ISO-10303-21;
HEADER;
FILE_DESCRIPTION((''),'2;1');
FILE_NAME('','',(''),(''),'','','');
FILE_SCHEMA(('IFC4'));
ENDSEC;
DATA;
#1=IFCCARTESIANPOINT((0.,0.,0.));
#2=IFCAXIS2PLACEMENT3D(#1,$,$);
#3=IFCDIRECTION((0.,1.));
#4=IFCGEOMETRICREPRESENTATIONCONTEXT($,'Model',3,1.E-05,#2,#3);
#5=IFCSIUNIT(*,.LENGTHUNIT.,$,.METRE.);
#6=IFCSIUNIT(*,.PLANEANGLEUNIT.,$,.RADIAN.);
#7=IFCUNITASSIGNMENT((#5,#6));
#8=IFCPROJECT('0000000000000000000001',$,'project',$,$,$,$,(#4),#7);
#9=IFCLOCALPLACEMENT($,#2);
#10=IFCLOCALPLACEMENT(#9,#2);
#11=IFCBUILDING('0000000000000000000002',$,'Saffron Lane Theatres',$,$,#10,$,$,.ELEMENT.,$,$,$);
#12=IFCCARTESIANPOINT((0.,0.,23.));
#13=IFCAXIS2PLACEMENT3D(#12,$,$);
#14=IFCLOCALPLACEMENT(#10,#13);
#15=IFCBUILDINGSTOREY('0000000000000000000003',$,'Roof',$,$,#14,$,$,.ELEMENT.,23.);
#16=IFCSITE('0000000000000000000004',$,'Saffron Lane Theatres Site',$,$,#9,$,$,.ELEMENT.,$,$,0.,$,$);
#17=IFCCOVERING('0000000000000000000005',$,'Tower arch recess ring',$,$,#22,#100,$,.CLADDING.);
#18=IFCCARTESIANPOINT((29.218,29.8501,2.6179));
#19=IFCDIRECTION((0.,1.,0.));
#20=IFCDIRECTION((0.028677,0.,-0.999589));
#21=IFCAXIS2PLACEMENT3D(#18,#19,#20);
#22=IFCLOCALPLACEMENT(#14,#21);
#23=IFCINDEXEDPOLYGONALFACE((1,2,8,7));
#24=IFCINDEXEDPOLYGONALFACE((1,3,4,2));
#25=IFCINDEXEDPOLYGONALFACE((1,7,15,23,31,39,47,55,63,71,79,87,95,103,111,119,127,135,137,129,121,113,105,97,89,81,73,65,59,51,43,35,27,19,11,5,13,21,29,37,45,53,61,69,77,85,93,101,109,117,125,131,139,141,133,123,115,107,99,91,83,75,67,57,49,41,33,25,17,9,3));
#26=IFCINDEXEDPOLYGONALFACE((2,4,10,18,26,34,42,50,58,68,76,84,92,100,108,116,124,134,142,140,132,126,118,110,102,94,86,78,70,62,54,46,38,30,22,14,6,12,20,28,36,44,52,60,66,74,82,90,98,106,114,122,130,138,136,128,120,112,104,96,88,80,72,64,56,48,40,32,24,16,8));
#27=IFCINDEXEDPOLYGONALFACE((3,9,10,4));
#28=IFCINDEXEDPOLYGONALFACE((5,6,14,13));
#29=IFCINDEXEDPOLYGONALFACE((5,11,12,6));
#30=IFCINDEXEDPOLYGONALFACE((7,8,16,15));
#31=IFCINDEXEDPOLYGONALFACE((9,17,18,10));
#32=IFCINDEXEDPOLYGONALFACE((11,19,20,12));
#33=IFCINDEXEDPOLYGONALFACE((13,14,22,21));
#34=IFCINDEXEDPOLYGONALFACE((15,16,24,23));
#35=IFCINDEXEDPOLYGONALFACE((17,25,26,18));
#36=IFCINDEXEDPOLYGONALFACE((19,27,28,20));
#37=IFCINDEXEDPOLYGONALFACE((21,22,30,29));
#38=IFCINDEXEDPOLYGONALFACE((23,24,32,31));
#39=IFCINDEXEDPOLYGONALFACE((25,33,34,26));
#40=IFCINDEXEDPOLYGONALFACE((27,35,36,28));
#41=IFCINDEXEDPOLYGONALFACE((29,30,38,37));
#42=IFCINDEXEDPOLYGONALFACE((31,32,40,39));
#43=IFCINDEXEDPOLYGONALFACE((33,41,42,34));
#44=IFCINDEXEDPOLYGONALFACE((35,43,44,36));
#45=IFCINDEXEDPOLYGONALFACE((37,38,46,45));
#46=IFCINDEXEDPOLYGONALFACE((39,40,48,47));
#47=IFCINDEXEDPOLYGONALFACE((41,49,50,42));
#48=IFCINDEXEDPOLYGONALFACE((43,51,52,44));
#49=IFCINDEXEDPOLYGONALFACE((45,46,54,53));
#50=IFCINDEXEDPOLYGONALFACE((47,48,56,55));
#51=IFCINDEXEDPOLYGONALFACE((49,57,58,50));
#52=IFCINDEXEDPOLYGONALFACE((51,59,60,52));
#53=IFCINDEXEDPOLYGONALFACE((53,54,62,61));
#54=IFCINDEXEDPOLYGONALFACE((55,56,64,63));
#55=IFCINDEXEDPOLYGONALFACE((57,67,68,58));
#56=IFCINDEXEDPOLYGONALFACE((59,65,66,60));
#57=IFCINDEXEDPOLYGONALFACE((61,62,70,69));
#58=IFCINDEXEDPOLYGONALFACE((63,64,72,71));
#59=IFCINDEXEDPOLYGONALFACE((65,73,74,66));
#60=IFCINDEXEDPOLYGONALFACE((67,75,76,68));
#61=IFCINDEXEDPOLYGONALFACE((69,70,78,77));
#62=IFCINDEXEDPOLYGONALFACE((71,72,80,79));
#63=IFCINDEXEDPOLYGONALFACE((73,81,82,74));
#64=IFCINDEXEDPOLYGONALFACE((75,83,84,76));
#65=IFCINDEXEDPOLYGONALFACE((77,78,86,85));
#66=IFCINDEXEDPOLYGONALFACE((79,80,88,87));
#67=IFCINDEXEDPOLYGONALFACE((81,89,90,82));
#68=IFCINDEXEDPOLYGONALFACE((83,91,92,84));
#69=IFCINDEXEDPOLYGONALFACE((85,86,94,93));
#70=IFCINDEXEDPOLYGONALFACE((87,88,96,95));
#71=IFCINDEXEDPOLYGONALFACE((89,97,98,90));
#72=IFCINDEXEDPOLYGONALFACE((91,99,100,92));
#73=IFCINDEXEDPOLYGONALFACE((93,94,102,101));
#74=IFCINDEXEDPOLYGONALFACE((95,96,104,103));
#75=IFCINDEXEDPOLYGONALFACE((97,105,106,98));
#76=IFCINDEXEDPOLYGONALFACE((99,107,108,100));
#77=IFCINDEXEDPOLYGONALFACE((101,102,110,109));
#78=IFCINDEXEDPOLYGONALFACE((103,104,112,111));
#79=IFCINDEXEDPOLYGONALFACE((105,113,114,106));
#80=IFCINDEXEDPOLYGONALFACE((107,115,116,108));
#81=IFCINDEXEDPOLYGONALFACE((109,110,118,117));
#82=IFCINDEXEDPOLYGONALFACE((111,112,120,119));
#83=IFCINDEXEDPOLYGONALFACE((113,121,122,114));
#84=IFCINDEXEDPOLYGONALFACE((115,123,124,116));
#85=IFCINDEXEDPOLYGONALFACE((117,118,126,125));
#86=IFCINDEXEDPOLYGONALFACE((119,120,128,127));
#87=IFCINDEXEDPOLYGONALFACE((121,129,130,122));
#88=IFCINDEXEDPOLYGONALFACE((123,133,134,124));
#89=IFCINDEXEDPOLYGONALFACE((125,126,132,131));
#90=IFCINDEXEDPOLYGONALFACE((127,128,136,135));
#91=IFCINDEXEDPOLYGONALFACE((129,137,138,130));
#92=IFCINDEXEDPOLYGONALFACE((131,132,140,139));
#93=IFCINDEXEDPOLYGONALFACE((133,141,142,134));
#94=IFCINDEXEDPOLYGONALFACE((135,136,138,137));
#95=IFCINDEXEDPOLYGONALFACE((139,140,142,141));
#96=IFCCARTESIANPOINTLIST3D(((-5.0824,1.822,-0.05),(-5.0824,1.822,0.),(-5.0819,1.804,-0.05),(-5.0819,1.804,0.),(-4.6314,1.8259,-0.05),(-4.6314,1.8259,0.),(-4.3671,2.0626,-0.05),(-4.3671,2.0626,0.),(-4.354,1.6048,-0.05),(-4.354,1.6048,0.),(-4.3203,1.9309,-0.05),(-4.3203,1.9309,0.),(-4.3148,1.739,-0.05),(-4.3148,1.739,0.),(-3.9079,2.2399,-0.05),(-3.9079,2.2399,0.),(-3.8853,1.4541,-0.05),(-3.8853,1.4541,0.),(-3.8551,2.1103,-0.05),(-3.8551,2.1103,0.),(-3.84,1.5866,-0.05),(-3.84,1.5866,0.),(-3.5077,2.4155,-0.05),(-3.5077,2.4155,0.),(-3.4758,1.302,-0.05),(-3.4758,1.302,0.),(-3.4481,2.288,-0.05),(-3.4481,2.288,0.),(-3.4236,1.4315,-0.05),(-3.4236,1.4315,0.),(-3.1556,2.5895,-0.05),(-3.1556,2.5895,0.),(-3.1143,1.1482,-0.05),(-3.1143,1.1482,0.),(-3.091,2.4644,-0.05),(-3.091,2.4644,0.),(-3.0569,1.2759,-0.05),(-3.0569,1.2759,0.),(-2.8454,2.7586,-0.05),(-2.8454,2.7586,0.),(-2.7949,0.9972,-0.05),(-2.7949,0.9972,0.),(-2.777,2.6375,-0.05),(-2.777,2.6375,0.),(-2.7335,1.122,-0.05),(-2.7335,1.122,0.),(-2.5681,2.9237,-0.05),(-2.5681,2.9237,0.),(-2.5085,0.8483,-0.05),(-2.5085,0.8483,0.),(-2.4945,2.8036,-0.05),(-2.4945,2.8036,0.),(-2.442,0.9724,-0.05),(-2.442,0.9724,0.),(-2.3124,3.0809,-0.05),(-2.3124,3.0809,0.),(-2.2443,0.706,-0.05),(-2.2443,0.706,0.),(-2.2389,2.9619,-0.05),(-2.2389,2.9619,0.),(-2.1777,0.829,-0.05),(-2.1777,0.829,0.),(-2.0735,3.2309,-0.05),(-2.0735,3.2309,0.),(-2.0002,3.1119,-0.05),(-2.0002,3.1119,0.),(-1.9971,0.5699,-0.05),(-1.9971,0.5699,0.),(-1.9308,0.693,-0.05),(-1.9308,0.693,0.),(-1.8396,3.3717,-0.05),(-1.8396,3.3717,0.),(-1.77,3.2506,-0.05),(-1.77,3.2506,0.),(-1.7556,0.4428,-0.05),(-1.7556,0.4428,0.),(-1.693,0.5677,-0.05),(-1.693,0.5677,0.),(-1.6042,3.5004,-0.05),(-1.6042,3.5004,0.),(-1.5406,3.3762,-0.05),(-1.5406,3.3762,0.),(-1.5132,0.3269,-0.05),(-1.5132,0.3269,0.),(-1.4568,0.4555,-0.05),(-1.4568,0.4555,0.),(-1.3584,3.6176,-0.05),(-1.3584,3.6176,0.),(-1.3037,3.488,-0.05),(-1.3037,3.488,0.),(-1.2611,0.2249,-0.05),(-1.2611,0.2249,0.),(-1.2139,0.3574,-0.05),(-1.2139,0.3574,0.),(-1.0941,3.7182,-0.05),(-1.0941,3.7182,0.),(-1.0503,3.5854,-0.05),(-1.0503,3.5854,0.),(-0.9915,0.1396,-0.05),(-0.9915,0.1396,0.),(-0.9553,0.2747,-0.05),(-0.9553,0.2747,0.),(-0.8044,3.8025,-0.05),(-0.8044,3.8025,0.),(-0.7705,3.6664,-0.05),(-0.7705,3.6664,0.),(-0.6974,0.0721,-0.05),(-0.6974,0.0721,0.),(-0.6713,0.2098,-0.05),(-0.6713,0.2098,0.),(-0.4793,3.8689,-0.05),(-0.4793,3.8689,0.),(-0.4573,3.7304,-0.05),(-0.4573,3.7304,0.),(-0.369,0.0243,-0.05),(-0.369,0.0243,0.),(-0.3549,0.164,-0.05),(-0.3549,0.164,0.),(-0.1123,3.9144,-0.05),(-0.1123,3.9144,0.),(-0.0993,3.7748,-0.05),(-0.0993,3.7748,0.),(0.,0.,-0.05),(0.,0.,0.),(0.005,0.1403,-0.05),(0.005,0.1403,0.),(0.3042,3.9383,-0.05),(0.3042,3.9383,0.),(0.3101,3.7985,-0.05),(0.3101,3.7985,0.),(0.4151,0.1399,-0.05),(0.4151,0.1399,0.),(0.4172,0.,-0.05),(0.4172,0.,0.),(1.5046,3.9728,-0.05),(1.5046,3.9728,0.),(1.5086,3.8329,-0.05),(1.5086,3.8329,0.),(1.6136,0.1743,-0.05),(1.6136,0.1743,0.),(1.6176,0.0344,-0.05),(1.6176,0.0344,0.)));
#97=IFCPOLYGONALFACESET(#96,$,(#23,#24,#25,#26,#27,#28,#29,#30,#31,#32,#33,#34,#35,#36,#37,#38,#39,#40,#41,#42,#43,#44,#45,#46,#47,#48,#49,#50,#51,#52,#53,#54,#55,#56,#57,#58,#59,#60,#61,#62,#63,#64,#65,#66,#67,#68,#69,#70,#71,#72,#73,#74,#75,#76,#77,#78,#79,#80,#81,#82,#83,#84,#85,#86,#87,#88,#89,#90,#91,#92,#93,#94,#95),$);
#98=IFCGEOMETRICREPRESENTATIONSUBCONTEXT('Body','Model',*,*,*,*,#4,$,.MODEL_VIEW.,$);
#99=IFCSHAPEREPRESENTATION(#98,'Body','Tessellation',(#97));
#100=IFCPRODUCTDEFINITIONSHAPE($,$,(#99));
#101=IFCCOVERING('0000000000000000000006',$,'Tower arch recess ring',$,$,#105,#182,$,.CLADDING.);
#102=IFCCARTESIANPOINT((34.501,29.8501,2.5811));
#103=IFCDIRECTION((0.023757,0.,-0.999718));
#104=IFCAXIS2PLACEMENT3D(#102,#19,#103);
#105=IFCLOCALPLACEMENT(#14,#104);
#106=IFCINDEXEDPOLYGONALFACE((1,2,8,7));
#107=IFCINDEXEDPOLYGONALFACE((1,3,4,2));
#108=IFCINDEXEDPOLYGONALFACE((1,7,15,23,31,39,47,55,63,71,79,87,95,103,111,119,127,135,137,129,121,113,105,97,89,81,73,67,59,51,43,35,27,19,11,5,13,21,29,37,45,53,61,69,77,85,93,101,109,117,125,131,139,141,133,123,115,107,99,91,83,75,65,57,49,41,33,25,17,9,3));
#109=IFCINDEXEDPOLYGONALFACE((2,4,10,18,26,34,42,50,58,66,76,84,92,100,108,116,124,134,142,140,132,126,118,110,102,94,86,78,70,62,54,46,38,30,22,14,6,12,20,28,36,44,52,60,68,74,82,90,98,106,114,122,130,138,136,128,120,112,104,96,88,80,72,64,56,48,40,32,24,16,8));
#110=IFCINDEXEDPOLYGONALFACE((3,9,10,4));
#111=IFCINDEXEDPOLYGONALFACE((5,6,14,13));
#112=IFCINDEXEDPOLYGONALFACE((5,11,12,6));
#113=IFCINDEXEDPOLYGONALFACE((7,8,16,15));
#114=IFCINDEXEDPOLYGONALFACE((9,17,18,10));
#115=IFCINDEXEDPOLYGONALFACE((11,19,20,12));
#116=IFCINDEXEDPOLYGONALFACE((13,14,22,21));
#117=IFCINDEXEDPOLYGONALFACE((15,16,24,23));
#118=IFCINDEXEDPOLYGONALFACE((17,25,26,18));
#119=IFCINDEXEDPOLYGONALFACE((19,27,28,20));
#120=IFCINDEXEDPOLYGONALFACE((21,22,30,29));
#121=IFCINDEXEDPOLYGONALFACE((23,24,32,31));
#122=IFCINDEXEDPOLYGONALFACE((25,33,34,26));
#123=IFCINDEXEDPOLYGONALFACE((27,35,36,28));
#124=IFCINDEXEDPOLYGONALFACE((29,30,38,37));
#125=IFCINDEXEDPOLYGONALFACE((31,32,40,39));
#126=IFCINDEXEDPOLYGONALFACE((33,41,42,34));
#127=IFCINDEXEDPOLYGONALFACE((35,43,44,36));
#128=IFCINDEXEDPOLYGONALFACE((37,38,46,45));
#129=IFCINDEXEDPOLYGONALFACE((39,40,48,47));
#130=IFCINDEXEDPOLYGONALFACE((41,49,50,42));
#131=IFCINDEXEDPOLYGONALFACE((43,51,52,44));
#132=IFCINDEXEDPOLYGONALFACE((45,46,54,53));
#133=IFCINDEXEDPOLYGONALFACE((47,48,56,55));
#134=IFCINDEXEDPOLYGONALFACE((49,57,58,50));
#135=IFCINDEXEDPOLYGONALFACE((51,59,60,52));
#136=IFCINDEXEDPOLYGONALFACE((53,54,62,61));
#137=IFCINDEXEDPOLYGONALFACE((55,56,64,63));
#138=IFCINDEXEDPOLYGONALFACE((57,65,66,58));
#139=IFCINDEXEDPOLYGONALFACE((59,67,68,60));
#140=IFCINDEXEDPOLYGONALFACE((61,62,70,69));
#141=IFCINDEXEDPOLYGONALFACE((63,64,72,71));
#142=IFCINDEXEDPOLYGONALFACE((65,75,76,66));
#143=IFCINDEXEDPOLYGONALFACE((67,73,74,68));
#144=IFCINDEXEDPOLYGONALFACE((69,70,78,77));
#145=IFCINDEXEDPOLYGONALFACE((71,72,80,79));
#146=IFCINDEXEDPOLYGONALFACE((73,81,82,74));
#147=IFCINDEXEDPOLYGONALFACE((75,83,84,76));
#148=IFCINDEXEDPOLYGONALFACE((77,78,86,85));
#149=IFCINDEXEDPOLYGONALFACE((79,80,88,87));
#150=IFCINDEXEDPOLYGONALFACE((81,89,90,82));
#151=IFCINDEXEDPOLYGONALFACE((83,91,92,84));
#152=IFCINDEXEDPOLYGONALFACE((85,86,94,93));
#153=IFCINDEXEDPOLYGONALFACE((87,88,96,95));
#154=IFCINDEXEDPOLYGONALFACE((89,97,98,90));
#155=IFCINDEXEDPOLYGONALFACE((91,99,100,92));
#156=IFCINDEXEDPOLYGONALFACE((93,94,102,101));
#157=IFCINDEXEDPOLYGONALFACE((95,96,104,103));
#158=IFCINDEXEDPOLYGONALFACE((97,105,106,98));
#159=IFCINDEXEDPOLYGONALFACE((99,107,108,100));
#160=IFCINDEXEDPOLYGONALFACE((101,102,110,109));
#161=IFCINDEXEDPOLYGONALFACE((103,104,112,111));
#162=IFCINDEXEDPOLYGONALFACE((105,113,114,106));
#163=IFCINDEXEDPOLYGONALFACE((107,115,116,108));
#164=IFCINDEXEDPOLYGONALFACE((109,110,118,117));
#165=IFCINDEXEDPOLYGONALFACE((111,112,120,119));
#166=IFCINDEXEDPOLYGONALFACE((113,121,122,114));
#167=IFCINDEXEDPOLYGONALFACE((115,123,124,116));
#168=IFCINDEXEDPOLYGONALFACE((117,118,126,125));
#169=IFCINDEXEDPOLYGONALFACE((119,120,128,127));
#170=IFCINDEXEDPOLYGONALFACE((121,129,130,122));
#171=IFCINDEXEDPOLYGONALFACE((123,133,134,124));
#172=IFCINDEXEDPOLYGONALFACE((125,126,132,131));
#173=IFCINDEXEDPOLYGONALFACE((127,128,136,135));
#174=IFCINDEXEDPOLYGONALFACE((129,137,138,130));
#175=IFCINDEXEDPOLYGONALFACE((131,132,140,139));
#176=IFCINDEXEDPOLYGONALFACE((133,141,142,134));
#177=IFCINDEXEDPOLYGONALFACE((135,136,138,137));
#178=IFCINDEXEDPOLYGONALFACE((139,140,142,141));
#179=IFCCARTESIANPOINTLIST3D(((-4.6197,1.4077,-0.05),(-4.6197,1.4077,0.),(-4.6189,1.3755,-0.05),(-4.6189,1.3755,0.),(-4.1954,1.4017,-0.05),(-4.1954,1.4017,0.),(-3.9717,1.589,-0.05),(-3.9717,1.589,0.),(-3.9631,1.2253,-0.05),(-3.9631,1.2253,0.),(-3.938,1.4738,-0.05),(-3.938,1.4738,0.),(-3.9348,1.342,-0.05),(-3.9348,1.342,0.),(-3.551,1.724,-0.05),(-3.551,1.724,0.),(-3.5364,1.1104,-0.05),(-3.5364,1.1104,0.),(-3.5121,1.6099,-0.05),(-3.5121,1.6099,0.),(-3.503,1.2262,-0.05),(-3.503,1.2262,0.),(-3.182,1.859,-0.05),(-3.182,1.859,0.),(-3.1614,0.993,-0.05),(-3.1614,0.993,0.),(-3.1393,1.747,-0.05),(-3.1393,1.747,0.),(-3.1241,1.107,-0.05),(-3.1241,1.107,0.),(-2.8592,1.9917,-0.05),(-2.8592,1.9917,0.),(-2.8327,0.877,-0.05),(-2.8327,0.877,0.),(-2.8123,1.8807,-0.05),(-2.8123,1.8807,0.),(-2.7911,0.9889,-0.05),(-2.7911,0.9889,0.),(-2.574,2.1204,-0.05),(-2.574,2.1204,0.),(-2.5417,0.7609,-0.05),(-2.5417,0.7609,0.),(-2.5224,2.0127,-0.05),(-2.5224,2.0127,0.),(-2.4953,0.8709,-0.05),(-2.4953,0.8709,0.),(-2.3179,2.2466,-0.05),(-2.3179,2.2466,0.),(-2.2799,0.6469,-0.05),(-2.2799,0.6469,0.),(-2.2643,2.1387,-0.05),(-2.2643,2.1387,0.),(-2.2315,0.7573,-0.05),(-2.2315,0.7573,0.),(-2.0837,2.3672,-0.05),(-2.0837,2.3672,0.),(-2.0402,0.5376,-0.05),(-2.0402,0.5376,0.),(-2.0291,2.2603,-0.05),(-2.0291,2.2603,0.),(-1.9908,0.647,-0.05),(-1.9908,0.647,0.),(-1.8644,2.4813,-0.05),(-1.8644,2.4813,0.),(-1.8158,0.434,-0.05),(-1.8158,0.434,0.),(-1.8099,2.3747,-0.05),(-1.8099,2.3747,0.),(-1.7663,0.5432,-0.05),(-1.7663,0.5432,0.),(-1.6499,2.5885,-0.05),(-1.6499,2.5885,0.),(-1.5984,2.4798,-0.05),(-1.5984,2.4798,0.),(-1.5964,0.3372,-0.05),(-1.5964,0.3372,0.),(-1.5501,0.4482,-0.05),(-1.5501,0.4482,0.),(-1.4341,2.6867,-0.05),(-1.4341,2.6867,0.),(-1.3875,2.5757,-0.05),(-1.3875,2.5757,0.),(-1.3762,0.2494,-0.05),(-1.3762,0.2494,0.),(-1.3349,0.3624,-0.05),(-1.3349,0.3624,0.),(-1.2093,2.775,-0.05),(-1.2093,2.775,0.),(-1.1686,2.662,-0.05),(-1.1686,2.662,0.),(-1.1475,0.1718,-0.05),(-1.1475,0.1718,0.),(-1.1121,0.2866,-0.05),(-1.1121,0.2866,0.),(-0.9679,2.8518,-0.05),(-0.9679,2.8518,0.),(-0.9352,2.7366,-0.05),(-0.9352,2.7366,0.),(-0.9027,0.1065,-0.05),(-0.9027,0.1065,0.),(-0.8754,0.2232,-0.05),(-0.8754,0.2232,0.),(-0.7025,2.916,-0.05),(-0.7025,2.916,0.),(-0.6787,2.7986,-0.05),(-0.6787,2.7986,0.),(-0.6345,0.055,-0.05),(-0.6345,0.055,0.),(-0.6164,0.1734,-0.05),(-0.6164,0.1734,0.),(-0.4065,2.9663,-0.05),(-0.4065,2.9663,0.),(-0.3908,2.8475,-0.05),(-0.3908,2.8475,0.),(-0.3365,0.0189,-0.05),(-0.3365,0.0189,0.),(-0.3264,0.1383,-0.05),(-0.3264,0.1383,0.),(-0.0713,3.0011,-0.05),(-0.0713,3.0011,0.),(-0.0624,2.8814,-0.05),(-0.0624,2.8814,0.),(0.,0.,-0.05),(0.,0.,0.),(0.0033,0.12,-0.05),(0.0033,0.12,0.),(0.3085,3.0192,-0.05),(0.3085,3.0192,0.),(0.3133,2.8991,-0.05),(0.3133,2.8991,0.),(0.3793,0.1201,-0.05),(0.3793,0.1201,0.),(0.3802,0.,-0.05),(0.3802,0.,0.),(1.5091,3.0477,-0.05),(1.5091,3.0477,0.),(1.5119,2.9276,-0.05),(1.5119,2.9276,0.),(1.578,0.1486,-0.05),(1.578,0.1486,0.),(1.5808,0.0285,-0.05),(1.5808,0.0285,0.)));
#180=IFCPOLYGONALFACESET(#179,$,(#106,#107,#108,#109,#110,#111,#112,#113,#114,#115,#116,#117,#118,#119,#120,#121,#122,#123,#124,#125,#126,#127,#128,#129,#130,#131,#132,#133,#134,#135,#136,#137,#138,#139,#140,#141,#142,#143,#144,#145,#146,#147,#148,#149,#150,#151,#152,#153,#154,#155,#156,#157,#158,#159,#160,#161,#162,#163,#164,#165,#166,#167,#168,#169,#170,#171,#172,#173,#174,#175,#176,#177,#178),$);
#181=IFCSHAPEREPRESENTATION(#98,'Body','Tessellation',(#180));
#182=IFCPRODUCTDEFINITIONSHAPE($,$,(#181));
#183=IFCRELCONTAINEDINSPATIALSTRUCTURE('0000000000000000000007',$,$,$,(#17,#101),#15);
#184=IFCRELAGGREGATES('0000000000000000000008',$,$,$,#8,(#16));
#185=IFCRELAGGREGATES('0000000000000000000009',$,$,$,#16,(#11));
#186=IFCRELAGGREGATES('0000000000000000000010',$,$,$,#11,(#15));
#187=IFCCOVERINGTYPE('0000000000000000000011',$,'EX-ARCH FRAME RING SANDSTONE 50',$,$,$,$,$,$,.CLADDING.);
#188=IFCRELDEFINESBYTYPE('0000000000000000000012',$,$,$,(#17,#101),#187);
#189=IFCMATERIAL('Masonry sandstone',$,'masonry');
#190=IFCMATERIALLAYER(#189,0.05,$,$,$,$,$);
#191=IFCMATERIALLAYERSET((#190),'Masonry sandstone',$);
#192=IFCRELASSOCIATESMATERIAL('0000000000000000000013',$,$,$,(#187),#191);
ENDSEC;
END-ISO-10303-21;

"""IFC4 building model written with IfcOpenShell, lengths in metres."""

from ifc_helpers import new_model, si_unit, direction, frame, origin, place, context, subcontext, project, spatial, polyline, outline, extrude, material, layer, layer_set, type_object, element, save


model = new_model("IFC4")

# Units and contexts
model_context = context("Model", 3, precision=1e-05, world=origin(), true_north=direction((0.0, 1.0)))
body_context = subcontext(model_context, "Body", "Model", "MODEL_VIEW")
ifc_project = project(units=[si_unit("LENGTHUNIT", "METRE"), si_unit("PLANEANGLEUNIT", "RADIAN")], contexts=[model_context])

# Site, building, storey
site_placement = place(None, origin())
site = spatial("IfcSite", under=ifc_project, at=site_placement, Name="Saffron Lane Theatres Site", CompositionType="ELEMENT", RefElevation=0.0)
building_placement = place(site_placement, origin())
building = spatial("IfcBuilding", under=site, at=building_placement, Name="Saffron Lane Theatres", CompositionType="ELEMENT")
storey_placement = place(building_placement, frame((0.0, 0.0, 23.0)))
storey = spatial("IfcBuildingStorey", under=building, at=storey_placement, Name="Roof", CompositionType="ELEMENT", Elevation=23.0)

# Coverings
ifc_material_1 = material(Name="Masonry sandstone", Category="masonry")
ifc_layer_1 = layer(ifc_material_1, 0.05)
ifc_layer_set_1 = layer_set([ifc_layer_1], Name="Masonry sandstone")
covering_type_1 = type_object("IfcCoveringType", Name="EX-ARCH FRAME RING SANDSTONE 50", PredefinedType="CLADDING", material=ifc_layer_set_1)
covering_1_placement = place(storey_placement, frame((29.218, 29.8501, 2.6179), z_axis=(0.0, 1.0, 0.0), x_axis=(0.028677, 0.0, -0.999589)))
element("IfcCovering", 1, at=covering_1_placement, inside=storey, type_object=covering_type_1, Name="Tower arch recess ring", PredefinedType="CLADDING", context=body_context, shape_type="SweptSolid", body=[
    extrude(outline(polyline([(0.0, 0.0), (0.4172, 0.0), (1.6176, 0.0344), (1.6136, 0.1743), (0.4151, 0.1399), (0.005, 0.1403), (-0.3549, 0.164), (-0.6713, 0.2098), (-0.9553, 0.2747), (-1.2139, 0.3574), (-1.4568, 0.4555), (-1.693, 0.5677), (-1.9308, 0.693), (-2.1777, 0.829), (-2.442, 0.9724), (-2.7335, 1.122), (-3.0569, 1.2759), (-3.4236, 1.4315), (-3.84, 1.5866), (-4.3148, 1.739), (-4.6314, 1.8259), (-4.3203, 1.9309), (-3.8551, 2.1103), (-3.4481, 2.288), (-3.091, 2.4644), (-2.777, 2.6375), (-2.4945, 2.8036), (-2.2389, 2.9619), (-2.0002, 3.1119), (-1.77, 3.2506), (-1.5406, 3.3762), (-1.3037, 3.488), (-1.0503, 3.5854), (-0.7705, 3.6664), (-0.4573, 3.7304), (-0.0993, 3.7748), (0.3101, 3.7985), (1.5086, 3.8329), (1.5046, 3.9728), (0.3042, 3.9383), (-0.1123, 3.9144), (-0.4793, 3.8689), (-0.8044, 3.8025), (-1.0941, 3.7182), (-1.3584, 3.6176), (-1.6042, 3.5004), (-1.8396, 3.3717), (-2.0735, 3.2309), (-2.3124, 3.0809), (-2.5681, 2.9237), (-2.8454, 2.7586), (-3.1556, 2.5895), (-3.5077, 2.4155), (-3.9079, 2.2399), (-4.3671, 2.0626), (-5.0824, 1.822), (-5.0819, 1.804), (-4.354, 1.6048), (-3.8853, 1.4541), (-3.4758, 1.302), (-3.1143, 1.1482), (-2.7949, 0.9972), (-2.5085, 0.8483), (-2.2443, 0.706), (-1.9971, 0.5699), (-1.7556, 0.4428), (-1.5132, 0.3269), (-1.2611, 0.2249), (-0.9915, 0.1396), (-0.6974, 0.0721), (-0.369, 0.0243), (0.0, 0.0)])), origin(), (0.0, 0.0, -1.0), 0.05),
])
covering_2_placement = place(storey_placement, frame((34.501, 29.8501, 2.5811), z_axis=(0.0, 1.0, 0.0), x_axis=(0.023757, 0.0, -0.999718)))
element("IfcCovering", 2, at=covering_2_placement, inside=storey, type_object=covering_type_1, Name="Tower arch recess ring", PredefinedType="CLADDING", context=body_context, shape_type="SweptSolid", body=[
    extrude(outline(polyline([(0.0, 0.0), (0.3802, 0.0), (1.5808, 0.0285), (1.578, 0.1486), (0.3793, 0.1201), (0.0033, 0.12), (-0.3264, 0.1383), (-0.6164, 0.1734), (-0.8754, 0.2232), (-1.1121, 0.2866), (-1.3349, 0.3624), (-1.5501, 0.4482), (-1.7663, 0.5432), (-1.9908, 0.647), (-2.2315, 0.7573), (-2.4953, 0.8709), (-2.7911, 0.9889), (-3.1241, 1.107), (-3.503, 1.2262), (-3.9348, 1.342), (-4.1954, 1.4017), (-3.938, 1.4738), (-3.5121, 1.6099), (-3.1393, 1.747), (-2.8123, 1.8807), (-2.5224, 2.0127), (-2.2643, 2.1387), (-2.0291, 2.2603), (-1.8099, 2.3747), (-1.5984, 2.4798), (-1.3875, 2.5757), (-1.1686, 2.662), (-0.9352, 2.7366), (-0.6787, 2.7986), (-0.3908, 2.8475), (-0.0624, 2.8814), (0.3133, 2.8991), (1.5119, 2.9276), (1.5091, 3.0477), (0.3085, 3.0192), (-0.0713, 3.0011), (-0.4065, 2.9663), (-0.7025, 2.916), (-0.9679, 2.8518), (-1.2093, 2.775), (-1.4341, 2.6867), (-1.6499, 2.5885), (-1.8644, 2.4813), (-2.0837, 2.3672), (-2.3179, 2.2466), (-2.574, 2.1204), (-2.8592, 1.9917), (-3.182, 1.859), (-3.551, 1.724), (-3.9717, 1.589), (-4.6197, 1.4077), (-4.6189, 1.3755), (-3.9631, 1.2253), (-3.5364, 1.1104), (-3.1614, 0.993), (-2.8327, 0.877), (-2.5417, 0.7609), (-2.2799, 0.6469), (-2.0402, 0.5376), (-1.8158, 0.434), (-1.5964, 0.3372), (-1.3762, 0.2494), (-1.1475, 0.1718), (-0.9027, 0.1065), (-0.6345, 0.055), (-0.3365, 0.0189), (0.0, 0.0)])), origin(), (0.0, 0.0, -1.0), 0.05),
])

save(model, "model.ifc")
